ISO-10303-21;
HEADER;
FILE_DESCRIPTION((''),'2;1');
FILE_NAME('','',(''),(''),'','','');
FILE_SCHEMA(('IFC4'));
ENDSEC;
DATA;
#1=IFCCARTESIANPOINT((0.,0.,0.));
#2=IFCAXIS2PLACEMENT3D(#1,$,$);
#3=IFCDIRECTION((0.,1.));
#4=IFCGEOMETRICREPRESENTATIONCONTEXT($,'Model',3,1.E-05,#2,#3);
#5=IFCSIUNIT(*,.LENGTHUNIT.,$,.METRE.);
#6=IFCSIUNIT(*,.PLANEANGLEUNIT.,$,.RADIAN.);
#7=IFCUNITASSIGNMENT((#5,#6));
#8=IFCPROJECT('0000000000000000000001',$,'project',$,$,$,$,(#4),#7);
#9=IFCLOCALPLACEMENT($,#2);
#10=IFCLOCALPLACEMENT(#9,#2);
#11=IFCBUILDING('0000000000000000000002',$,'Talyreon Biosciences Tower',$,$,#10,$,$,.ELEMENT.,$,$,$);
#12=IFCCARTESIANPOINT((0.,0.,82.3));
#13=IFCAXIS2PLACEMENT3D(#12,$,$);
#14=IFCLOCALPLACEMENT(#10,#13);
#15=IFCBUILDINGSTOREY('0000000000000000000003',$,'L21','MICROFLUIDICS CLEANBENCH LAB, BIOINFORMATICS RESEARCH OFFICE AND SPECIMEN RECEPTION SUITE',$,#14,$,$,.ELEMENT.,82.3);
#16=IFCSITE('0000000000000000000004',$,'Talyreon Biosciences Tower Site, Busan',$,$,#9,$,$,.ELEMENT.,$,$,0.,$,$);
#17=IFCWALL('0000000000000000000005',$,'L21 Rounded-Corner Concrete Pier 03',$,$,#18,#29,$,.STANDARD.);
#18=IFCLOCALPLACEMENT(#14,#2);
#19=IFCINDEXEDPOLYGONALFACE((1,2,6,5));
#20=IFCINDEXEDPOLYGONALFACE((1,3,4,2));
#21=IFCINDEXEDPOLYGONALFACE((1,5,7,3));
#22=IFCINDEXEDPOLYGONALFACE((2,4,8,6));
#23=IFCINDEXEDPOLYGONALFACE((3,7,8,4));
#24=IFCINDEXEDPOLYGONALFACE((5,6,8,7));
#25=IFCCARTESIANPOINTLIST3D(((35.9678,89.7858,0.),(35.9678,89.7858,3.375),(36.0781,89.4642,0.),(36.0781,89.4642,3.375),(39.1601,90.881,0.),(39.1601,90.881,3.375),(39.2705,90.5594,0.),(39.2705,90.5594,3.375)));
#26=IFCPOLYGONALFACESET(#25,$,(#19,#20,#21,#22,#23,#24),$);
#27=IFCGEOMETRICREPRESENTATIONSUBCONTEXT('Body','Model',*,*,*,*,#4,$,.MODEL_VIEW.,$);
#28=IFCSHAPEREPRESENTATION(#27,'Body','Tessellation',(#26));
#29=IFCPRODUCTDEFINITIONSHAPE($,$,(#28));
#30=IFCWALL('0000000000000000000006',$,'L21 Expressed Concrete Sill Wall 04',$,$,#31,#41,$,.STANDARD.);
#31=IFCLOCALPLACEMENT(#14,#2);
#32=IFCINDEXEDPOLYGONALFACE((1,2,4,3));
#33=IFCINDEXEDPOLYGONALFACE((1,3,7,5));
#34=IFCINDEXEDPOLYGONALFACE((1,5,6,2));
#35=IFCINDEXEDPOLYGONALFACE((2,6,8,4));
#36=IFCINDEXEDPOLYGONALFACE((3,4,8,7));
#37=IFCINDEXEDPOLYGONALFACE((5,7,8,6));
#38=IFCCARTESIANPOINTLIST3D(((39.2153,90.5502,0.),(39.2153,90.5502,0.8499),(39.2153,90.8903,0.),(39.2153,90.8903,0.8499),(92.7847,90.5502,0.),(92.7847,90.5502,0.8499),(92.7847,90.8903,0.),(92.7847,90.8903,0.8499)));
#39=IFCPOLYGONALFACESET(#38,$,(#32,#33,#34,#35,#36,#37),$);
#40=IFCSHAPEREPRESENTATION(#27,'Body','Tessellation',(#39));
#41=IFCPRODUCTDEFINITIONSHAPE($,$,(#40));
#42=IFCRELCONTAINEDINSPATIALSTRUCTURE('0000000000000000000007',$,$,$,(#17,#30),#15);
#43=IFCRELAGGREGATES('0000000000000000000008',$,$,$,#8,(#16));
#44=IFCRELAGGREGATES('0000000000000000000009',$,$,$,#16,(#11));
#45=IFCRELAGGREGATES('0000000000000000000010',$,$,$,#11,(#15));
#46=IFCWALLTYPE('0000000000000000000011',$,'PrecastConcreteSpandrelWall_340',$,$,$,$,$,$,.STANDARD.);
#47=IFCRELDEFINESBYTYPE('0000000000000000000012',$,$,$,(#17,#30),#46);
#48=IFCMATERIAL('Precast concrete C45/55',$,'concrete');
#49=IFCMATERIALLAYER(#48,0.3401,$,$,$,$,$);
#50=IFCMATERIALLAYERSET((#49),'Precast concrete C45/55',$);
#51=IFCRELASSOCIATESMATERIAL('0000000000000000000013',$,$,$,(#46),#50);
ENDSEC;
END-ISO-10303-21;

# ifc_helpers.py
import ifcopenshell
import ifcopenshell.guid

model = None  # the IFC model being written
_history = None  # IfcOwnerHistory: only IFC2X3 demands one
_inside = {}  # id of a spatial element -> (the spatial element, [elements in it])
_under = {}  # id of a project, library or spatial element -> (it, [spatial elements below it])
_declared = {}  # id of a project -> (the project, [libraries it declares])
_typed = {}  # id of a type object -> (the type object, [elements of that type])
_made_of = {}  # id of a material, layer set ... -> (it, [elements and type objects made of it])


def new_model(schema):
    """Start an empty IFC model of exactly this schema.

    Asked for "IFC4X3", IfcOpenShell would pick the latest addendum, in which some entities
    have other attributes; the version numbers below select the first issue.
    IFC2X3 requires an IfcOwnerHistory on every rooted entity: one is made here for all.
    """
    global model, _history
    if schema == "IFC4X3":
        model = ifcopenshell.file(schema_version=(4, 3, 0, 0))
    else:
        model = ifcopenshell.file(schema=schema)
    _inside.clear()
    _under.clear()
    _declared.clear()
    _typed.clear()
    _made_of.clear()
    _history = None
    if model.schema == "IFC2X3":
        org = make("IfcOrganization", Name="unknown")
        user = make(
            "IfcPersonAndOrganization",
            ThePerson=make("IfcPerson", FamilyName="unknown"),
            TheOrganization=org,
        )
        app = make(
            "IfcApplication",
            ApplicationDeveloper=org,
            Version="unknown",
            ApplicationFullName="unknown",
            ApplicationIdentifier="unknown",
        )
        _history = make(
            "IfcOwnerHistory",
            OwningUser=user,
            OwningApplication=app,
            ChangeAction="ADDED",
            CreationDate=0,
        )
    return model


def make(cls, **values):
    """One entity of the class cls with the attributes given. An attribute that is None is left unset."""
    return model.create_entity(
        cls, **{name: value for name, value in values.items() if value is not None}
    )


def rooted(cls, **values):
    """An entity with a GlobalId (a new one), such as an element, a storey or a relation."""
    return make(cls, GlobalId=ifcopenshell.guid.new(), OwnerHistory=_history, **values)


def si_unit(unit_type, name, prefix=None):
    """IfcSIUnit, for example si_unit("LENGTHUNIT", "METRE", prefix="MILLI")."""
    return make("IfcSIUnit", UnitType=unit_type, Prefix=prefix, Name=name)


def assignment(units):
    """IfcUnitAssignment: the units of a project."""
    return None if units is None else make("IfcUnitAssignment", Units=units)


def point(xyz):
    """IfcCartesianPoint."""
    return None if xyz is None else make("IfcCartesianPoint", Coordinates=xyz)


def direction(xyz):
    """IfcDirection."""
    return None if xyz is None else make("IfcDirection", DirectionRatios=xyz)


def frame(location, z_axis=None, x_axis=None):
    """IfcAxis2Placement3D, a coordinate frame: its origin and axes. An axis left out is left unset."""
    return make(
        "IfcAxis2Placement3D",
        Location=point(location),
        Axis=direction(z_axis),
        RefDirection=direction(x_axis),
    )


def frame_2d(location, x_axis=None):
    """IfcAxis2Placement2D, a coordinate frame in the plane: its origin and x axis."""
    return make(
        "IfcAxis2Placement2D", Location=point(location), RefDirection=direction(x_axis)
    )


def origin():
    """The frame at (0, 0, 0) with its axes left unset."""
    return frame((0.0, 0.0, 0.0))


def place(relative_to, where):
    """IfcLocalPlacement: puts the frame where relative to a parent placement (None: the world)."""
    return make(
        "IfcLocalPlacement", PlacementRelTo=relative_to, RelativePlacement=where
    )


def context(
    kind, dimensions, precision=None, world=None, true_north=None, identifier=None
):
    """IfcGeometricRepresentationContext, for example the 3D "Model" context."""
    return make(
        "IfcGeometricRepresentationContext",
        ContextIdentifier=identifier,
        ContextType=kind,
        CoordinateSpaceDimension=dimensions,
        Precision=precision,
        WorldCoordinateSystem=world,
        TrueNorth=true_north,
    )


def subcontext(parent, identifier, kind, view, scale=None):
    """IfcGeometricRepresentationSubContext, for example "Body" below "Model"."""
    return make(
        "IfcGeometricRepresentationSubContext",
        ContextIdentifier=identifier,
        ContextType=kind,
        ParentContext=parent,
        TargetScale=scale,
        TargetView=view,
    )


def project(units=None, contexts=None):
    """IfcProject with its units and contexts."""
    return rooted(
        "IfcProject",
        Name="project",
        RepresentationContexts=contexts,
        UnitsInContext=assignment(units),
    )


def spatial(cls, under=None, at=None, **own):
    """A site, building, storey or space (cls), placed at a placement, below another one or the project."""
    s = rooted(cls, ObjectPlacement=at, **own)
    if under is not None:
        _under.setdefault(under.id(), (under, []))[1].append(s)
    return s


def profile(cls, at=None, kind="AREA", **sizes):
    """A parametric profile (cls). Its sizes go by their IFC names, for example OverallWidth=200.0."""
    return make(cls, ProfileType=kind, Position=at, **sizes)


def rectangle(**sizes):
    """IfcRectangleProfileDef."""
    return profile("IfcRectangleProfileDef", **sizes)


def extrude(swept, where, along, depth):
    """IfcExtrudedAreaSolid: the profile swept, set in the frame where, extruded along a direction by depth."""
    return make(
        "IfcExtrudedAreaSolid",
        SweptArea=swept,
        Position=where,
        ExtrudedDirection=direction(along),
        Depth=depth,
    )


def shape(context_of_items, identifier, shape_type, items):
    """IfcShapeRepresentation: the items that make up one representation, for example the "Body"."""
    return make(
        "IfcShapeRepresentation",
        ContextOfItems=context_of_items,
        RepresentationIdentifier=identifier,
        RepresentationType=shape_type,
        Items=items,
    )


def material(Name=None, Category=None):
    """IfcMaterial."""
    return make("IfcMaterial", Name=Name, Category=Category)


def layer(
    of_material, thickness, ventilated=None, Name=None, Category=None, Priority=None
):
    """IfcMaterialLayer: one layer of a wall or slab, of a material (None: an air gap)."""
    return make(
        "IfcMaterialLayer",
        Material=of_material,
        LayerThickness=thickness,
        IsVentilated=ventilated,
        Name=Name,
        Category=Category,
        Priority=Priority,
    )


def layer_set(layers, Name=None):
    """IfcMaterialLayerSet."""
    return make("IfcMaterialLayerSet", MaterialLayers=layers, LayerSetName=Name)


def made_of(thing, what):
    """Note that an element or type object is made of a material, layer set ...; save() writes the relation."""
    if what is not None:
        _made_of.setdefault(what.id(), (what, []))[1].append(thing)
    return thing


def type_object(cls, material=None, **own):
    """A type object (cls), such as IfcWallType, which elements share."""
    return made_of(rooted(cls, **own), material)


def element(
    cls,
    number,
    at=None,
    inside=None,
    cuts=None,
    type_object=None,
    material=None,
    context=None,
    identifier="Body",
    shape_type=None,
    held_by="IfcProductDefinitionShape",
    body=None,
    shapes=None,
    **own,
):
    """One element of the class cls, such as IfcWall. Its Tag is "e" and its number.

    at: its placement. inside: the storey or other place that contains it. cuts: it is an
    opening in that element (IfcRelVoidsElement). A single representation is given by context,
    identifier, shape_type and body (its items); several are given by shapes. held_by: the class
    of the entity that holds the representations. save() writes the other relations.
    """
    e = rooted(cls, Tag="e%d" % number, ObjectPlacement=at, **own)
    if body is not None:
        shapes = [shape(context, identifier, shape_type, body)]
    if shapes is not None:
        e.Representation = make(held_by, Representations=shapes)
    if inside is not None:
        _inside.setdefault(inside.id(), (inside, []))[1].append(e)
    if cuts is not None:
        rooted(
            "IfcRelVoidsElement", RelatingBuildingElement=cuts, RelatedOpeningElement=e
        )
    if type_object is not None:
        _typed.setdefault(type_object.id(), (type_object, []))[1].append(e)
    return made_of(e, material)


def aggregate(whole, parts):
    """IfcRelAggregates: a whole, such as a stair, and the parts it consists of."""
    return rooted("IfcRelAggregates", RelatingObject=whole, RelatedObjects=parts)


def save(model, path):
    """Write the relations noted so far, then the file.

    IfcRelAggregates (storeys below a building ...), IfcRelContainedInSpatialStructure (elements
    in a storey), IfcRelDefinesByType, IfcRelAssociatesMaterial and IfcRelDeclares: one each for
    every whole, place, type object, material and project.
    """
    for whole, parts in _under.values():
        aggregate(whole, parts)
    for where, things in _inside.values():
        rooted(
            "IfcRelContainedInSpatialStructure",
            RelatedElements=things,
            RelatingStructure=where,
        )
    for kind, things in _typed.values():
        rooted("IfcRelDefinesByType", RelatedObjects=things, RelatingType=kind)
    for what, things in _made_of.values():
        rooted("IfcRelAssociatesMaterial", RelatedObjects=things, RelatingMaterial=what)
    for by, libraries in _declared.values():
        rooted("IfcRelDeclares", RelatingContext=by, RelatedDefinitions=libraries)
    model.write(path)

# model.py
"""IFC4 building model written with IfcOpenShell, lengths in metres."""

from ifc_helpers import new_model, si_unit, direction, frame, frame_2d, origin, place, context, subcontext, project, spatial, rectangle, extrude, material, layer, layer_set, type_object, element, save


model = new_model("IFC4")

# Units and contexts
model_context = context("Model", 3, precision=1e-05, world=origin(), true_north=direction((0.0, 1.0)))
body_context = subcontext(model_context, "Body", "Model", "MODEL_VIEW")
ifc_project = project(units=[si_unit("LENGTHUNIT", "METRE"), si_unit("PLANEANGLEUNIT", "RADIAN")], contexts=[model_context])

# Site, building, storey
site_placement = place(None, origin())
site = spatial("IfcSite", under=ifc_project, at=site_placement, Name="Talyreon Biosciences Tower Site, Busan", CompositionType="ELEMENT", RefElevation=0.0)
building_placement = place(site_placement, origin())
building = spatial("IfcBuilding", under=site, at=building_placement, Name="Talyreon Biosciences Tower", CompositionType="ELEMENT")
storey_placement = place(building_placement, frame((0.0, 0.0, 82.3)))
storey = spatial("IfcBuildingStorey", under=building, at=storey_placement, Name="L21", Description="MICROFLUIDICS CLEANBENCH LAB, BIOINFORMATICS RESEARCH OFFICE AND SPECIMEN RECEPTION SUITE", CompositionType="ELEMENT", Elevation=82.3)

# Shared definitions
ifc_material_1 = material(Name="Precast concrete C45/55", Category="concrete")

# Walls
ifc_layer_1 = layer(ifc_material_1, 0.3401)
ifc_layer_set_1 = layer_set([ifc_layer_1], Name="Precast concrete C45/55")
wall_type_1 = type_object("IfcWallType", Name="PrecastConcreteSpandrelWall_340", PredefinedType="STANDARD", material=ifc_layer_set_1)
for number, where, z_axis, x_axis, name in (
    (1, (36.0229, 89.625, 0.0), (0.0, 0.0, 1.0), (0.945884, 0.324506, 0.0), "L21 Rounded-Corner Concrete Pier 03"),
):
    element("IfcWall", number, at=place(storey_placement, frame(where, z_axis=z_axis, x_axis=x_axis)), inside=storey, type_object=wall_type_1, Name=name, PredefinedType="STANDARD", context=body_context, shape_type="SweptSolid", body=[
        extrude(rectangle(XDim=3.375, YDim=0.3401, at=frame_2d((1.6875, 0.0))), origin(), (0.0, 0.0, 1.0), 3.375),
    ])
wall_1_placement = place(storey_placement, frame((39.2153, 90.7202, 0.0), z_axis=(0.0, 0.0, 1.0), x_axis=(1.0, 0.0, 0.0)))
element("IfcWall", 2, at=wall_1_placement, inside=storey, type_object=wall_type_1, Name="L21 Expressed Concrete Sill Wall 04", PredefinedType="STANDARD", context=body_context, shape_type="SweptSolid", body=[
    extrude(rectangle(XDim=53.5693, YDim=0.3401, at=frame_2d((26.7847, 0.0))), origin(), (0.0, 0.0, 1.0), 0.8499),
])

save(model, "model.ifc")
